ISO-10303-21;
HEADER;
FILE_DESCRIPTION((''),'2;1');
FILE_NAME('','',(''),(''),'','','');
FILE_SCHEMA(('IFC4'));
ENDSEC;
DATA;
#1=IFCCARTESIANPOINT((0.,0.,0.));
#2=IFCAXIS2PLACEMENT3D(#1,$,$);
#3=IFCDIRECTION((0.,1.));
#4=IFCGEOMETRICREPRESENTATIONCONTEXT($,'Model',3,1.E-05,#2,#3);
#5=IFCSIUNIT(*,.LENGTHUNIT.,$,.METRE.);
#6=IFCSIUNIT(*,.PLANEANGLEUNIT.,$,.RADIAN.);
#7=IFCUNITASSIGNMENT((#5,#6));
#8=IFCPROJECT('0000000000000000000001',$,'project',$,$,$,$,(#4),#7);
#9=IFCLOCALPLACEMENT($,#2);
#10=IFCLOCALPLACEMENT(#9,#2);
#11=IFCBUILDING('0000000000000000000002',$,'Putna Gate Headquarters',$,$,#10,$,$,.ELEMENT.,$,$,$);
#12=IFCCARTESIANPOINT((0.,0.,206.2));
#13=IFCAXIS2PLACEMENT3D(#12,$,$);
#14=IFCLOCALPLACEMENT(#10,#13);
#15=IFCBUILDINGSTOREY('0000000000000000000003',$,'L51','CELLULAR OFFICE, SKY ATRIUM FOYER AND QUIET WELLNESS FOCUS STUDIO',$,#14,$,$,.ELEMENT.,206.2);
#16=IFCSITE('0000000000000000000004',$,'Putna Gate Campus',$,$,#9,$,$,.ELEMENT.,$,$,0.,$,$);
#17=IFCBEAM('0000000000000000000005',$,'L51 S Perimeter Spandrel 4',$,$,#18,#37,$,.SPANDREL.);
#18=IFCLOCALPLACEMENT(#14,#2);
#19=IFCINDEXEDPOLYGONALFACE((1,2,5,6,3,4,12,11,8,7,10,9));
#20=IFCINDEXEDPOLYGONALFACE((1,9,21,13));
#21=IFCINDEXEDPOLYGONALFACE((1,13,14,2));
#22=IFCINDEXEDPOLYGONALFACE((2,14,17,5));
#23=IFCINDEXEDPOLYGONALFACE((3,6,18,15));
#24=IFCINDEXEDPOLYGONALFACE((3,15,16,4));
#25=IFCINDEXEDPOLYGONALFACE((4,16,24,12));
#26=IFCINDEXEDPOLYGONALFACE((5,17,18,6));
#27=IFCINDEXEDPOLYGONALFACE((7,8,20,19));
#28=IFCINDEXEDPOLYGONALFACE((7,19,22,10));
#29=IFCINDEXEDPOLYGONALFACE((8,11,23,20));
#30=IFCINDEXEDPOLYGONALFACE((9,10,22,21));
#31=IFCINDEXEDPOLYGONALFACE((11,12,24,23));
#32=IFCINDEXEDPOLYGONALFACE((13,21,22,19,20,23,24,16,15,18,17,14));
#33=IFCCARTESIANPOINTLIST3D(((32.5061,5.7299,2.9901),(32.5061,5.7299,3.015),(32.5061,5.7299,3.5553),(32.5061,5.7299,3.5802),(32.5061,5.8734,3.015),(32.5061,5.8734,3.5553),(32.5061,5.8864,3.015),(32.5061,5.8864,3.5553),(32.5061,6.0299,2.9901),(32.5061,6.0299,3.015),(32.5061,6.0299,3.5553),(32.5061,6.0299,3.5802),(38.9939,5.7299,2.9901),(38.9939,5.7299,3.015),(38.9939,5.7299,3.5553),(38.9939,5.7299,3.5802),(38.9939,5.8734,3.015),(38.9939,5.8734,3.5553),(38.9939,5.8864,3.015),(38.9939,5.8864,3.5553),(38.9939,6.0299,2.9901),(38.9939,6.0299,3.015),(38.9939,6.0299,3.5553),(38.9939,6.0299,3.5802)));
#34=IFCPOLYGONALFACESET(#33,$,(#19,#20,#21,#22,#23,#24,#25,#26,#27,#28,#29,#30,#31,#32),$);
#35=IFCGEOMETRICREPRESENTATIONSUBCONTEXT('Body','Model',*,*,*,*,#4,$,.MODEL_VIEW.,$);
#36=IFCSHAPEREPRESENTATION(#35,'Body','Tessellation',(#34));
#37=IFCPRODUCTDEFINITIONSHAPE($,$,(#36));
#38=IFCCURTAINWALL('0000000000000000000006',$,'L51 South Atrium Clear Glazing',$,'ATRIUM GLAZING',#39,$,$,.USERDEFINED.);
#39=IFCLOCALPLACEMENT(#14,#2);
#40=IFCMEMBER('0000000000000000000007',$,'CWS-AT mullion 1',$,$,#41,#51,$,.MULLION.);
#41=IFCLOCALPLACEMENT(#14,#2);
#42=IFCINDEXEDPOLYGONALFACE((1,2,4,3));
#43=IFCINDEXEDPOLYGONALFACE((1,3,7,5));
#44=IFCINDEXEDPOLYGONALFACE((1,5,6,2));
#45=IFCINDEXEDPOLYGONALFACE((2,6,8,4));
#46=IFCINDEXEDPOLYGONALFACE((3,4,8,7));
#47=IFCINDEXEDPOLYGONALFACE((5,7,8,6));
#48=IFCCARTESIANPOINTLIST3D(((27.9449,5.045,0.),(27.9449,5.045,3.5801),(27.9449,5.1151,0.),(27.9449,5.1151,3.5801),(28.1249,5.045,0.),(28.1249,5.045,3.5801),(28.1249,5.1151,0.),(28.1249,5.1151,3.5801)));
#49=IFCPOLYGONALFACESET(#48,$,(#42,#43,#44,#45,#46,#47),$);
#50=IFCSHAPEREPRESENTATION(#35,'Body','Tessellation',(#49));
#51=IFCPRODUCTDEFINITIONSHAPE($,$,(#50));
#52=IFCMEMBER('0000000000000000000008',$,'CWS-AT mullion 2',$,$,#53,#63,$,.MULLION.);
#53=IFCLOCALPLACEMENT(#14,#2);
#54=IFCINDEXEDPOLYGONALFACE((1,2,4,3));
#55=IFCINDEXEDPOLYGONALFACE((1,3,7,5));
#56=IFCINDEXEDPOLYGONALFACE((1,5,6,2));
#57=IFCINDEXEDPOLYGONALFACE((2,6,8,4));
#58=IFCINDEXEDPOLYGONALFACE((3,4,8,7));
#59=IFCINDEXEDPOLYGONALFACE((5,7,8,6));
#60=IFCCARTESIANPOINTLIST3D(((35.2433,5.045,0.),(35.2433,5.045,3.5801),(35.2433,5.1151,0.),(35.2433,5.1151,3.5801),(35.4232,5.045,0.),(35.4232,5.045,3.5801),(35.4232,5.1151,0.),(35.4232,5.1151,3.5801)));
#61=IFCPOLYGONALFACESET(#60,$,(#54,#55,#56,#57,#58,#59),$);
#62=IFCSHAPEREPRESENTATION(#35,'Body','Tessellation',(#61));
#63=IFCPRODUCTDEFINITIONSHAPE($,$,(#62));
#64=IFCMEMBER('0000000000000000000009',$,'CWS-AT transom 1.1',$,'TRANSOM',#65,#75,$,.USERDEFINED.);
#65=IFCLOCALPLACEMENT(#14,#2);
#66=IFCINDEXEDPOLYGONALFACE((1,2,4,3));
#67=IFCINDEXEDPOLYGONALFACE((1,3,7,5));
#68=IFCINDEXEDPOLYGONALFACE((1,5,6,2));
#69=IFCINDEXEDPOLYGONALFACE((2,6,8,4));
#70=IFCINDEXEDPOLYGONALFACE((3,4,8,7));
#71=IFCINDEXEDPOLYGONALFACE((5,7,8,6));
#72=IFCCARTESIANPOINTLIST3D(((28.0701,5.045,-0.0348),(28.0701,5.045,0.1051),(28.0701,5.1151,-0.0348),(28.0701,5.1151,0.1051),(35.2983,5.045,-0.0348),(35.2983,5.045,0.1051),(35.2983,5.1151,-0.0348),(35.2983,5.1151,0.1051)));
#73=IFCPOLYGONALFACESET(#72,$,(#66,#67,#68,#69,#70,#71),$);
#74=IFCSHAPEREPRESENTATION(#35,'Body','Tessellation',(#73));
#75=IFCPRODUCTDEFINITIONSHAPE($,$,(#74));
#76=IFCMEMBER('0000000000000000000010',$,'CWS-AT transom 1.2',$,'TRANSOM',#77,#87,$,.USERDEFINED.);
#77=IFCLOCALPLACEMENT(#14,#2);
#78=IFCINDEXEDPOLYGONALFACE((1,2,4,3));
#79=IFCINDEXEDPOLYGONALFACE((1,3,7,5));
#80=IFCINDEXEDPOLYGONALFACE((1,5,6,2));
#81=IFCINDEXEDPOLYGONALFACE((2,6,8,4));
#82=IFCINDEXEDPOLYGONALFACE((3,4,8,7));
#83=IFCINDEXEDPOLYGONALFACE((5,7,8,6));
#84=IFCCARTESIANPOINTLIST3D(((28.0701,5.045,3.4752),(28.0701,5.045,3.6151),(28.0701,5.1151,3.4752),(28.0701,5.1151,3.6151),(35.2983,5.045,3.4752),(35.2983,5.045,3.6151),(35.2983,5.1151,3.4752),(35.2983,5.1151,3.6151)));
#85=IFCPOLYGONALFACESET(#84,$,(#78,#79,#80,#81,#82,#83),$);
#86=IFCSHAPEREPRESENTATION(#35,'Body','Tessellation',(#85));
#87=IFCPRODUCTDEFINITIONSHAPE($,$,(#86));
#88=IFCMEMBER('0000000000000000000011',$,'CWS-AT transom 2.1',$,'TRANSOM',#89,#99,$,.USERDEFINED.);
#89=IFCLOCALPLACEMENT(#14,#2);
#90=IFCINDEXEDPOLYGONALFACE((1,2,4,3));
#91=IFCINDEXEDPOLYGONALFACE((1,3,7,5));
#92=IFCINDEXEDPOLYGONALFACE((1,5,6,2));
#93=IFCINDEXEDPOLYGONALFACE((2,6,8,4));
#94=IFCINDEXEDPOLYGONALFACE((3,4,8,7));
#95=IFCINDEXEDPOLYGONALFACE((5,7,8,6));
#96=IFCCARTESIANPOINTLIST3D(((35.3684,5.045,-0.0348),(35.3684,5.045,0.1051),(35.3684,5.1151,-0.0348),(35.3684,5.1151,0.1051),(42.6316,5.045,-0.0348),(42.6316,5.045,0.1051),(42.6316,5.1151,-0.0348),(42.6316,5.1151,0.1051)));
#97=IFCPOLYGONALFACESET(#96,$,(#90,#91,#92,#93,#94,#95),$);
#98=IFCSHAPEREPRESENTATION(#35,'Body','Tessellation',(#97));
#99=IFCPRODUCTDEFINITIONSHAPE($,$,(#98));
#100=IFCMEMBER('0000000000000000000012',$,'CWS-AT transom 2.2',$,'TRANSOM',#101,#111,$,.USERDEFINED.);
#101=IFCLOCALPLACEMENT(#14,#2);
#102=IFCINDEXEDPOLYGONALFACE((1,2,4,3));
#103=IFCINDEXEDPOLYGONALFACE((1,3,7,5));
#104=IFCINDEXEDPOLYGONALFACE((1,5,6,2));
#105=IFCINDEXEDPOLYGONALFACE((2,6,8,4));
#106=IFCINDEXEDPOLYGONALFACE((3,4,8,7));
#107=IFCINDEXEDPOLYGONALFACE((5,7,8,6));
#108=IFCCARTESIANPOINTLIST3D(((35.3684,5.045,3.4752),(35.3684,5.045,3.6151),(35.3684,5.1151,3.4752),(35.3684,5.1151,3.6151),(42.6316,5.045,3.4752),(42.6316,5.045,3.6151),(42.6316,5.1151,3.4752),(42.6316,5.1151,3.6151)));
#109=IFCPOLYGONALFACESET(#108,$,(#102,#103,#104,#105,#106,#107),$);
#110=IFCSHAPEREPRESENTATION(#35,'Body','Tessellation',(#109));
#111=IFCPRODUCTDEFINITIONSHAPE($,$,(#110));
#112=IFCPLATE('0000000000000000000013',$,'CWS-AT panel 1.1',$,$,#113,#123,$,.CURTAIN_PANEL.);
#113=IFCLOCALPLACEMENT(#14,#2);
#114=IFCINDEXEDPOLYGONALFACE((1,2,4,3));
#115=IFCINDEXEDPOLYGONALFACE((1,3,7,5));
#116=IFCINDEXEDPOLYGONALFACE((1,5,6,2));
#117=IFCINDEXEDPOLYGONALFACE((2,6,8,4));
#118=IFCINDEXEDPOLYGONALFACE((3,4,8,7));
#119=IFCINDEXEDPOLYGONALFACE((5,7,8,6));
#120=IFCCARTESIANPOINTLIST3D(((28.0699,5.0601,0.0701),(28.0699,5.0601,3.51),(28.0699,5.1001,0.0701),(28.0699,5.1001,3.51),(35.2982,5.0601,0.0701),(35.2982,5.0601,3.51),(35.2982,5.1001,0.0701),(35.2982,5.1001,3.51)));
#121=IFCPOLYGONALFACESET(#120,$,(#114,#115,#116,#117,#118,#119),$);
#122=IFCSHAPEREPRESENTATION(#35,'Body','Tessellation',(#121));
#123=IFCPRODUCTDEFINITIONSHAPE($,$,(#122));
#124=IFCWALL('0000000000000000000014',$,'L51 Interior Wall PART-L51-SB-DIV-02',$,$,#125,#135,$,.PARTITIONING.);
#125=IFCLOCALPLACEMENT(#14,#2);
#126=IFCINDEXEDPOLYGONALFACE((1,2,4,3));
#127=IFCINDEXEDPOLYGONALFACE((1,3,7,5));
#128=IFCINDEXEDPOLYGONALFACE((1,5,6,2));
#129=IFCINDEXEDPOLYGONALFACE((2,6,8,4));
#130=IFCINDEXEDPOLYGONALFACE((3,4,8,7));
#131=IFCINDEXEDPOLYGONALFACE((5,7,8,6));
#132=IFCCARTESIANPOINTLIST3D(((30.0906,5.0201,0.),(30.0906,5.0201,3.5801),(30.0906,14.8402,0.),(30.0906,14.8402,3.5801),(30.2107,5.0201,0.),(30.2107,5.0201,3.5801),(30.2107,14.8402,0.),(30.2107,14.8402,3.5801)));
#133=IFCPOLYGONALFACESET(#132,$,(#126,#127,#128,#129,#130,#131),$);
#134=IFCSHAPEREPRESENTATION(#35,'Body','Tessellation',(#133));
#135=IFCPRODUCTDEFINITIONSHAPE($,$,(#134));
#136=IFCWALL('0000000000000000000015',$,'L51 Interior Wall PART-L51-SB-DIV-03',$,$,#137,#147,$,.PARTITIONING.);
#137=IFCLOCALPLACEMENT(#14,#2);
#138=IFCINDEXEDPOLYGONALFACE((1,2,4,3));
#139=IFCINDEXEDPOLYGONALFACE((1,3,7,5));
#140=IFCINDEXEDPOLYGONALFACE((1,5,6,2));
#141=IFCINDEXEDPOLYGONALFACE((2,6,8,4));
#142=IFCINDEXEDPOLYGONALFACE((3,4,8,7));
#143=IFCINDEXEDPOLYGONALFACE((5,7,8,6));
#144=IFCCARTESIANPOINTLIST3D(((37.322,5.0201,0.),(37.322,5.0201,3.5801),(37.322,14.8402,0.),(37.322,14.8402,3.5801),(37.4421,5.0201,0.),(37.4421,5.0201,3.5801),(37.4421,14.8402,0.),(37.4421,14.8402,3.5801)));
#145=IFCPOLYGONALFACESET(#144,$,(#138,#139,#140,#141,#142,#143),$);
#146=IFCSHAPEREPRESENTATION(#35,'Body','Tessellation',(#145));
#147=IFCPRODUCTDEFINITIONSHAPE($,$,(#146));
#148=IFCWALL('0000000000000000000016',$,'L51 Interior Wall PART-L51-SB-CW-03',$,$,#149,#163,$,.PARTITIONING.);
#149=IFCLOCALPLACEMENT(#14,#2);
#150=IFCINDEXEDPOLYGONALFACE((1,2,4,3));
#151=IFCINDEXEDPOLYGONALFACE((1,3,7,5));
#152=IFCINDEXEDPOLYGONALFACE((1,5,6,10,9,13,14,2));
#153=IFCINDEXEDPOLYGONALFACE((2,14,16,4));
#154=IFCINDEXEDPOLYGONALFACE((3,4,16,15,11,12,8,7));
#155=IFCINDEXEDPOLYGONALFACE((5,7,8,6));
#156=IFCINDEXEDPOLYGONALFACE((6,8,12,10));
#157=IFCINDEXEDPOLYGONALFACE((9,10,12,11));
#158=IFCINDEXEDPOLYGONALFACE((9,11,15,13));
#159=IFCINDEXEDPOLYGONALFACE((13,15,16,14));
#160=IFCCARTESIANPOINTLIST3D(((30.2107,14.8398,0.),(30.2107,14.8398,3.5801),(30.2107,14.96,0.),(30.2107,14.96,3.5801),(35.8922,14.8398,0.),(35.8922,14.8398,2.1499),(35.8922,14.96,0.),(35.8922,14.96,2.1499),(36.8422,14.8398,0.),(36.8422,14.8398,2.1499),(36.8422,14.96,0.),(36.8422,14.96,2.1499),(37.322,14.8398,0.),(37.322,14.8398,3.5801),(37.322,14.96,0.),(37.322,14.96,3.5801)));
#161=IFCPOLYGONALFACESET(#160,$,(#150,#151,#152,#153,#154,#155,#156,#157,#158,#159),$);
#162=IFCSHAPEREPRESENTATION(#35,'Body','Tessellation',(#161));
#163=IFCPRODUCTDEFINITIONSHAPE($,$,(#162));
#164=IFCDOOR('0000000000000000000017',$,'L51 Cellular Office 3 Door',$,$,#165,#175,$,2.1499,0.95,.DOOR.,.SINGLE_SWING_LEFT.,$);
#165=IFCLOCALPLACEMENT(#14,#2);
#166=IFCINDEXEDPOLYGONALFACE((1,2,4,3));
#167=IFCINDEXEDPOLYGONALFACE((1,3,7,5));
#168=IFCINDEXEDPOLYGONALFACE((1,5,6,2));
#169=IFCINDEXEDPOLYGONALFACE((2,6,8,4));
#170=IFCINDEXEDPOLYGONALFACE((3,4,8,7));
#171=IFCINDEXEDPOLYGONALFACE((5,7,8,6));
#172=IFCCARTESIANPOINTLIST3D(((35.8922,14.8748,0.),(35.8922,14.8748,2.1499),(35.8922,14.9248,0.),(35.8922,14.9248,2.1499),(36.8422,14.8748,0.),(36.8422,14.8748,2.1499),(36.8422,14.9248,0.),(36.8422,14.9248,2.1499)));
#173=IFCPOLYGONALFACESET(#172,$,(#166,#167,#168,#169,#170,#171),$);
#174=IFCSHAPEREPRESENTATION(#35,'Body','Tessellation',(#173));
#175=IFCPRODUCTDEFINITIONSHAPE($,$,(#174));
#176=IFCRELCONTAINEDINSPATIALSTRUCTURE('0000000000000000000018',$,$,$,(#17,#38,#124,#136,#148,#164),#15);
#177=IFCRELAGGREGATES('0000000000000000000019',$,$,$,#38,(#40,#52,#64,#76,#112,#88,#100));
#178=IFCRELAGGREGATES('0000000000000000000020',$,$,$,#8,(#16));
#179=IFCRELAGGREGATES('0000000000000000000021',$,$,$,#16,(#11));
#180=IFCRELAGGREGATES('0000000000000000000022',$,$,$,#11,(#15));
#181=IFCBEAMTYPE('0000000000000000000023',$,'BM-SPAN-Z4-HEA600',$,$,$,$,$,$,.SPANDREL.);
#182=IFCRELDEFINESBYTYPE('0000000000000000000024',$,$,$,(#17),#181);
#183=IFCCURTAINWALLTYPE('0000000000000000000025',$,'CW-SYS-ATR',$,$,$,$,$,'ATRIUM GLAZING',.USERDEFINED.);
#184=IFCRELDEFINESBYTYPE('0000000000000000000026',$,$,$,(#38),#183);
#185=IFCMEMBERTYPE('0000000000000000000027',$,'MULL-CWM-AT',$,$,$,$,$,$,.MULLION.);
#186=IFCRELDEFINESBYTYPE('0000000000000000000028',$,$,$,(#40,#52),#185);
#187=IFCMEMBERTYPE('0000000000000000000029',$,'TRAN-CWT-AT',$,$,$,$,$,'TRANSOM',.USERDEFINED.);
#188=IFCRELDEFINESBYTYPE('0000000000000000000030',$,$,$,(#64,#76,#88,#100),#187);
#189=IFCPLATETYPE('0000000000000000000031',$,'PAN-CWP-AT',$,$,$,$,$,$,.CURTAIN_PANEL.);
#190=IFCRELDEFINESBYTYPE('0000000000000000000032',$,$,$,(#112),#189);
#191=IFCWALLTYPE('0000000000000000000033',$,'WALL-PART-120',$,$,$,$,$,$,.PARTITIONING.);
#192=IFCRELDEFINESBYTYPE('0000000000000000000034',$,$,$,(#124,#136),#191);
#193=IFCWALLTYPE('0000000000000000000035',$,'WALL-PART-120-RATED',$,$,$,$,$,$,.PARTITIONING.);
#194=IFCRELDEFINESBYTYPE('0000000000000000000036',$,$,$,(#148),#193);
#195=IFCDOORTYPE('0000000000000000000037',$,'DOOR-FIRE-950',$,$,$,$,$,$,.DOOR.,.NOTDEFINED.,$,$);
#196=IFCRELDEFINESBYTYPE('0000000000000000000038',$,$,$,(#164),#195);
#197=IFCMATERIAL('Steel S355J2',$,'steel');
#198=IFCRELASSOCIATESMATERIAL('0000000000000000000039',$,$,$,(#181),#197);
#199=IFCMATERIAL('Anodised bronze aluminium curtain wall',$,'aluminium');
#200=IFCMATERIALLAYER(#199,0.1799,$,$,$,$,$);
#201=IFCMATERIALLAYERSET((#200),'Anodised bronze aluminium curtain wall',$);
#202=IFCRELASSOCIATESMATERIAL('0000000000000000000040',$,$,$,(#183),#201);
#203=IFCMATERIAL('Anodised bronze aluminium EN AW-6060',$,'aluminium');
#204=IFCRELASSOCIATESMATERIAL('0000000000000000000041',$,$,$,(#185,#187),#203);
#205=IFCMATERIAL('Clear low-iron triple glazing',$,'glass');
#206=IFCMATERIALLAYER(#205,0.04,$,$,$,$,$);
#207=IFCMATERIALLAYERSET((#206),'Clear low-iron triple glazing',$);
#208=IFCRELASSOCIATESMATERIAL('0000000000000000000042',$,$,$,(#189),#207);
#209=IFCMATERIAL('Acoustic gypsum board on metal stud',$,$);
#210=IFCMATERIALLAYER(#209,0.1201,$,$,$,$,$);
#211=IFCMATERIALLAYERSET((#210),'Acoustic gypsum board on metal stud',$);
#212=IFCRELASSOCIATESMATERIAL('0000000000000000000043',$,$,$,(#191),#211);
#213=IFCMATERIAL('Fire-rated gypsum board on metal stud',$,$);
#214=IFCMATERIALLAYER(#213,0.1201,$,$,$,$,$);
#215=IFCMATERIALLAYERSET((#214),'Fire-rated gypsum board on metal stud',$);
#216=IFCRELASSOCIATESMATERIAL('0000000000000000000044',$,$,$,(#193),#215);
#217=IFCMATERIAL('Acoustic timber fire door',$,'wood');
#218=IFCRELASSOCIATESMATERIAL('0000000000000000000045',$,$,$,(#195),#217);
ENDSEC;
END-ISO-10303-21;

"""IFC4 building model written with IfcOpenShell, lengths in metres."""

from ifc_helpers import new_model, si_unit, direction, frame, frame_2d, origin, origin_2d, place, context, subcontext, project, spatial, rectangle, i_section, extrude, material, layer, layer_set, material_profile, profile_set, type_object, element, fill, aggregate, save


model = new_model("IFC4")

# Units and contexts
model_context = context("Model", 3, precision=1e-05, world=origin(), true_north=direction((0.0, 1.0)))
body_context = subcontext(model_context, "Body", "Model", "MODEL_VIEW")
ifc_project = project(units=[si_unit("LENGTHUNIT", "METRE"), si_unit("PLANEANGLEUNIT", "RADIAN")], contexts=[model_context])

# Site, building, storey
site_placement = place(None, origin())
site = spatial("IfcSite", under=ifc_project, at=site_placement, Name="Putna Gate Campus", CompositionType="ELEMENT", RefElevation=0.0)
building_placement = place(site_placement, origin())
building = spatial("IfcBuilding", under=site, at=building_placement, Name="Putna Gate Headquarters", CompositionType="ELEMENT")
storey_placement = place(building_placement, frame((0.0, 0.0, 206.2)))
storey = spatial("IfcBuildingStorey", under=building, at=storey_placement, Name="L51", Description="CELLULAR OFFICE, SKY ATRIUM FOYER AND QUIET WELLNESS FOCUS STUDIO", CompositionType="ELEMENT", Elevation=206.2)

# Beam
ifc_material_1 = material(Name="Steel S355J2", Category="steel")
ifc_material_profile_1 = material_profile(ifc_material_1, i_section(OverallWidth=0.3, OverallDepth=0.5901, WebThickness=0.0129, FlangeThickness=0.0249, at=origin_2d()), Name="Steel S355J2")
ifc_profile_set_1 = profile_set([ifc_material_profile_1], Name="Steel S355J2")
beam_type_1 = type_object("IfcBeamType", Name="BM-SPAN-Z4-HEA600", PredefinedType="SPANDREL", material=ifc_profile_set_1)
beam_1_placement = place(storey_placement, frame((32.5061, 5.8799, 3.2852), z_axis=(1.0, 0.0, 0.0), x_axis=(0.0, 1.0, 0.0)))
element("IfcBeam", 1, at=beam_1_placement, inside=storey, type_object=beam_type_1, Name="L51 S Perimeter Spandrel 4", PredefinedType="SPANDREL", context=body_context, shape_type="SweptSolid", body=[
    extrude(i_section(OverallWidth=0.3, OverallDepth=0.5901, WebThickness=0.0129, FlangeThickness=0.0249, at=origin_2d()), origin(), (0.0, 0.0, 1.0), 6.4878),
])

# Curtain wall, members, plate
ifc_material_2 = material(Name="Anodised bronze aluminium curtain wall", Category="aluminium")
ifc_layer_1 = layer(ifc_material_2, 0.1799)
ifc_layer_set_1 = layer_set([ifc_layer_1], Name="Anodised bronze aluminium curtain wall")
curtain_wall_type = type_object("IfcCurtainWallType", Name="CW-SYS-ATR", ElementType="ATRIUM GLAZING", PredefinedType="USERDEFINED", material=ifc_layer_set_1)
curtain_wall_placement = place(storey_placement, origin())
curtain_wall = element("IfcCurtainWall", 2, at=curtain_wall_placement, inside=storey, type_object=curtain_wall_type, Name="L51 South Atrium Clear Glazing", ObjectType="ATRIUM GLAZING", PredefinedType="USERDEFINED")
ifc_material_3 = material(Name="Anodised bronze aluminium EN AW-6060", Category="aluminium")
ifc_material_profile_2 = material_profile(ifc_material_3, rectangle(XDim=0.0701, YDim=0.1799, at=origin_2d()), Name="Anodised bronze aluminium EN AW-6060")
ifc_profile_set_2 = profile_set([ifc_material_profile_2], Name="Anodised bronze aluminium EN AW-6060")
member_type_1 = type_object("IfcMemberType", Name="MULL-CWM-AT", PredefinedType="MULLION", material=ifc_profile_set_2)
member_1_placement = place(storey_placement, frame((28.0349, 5.0801, 0.0), z_axis=(0.0, 0.0, 1.0), x_axis=(0.0, 1.0, 0.0)))
member_1 = element("IfcMember", 3, at=member_1_placement, type_object=member_type_1, Name="CWS-AT mullion 1", PredefinedType="MULLION", context=body_context, shape_type="SweptSolid", body=[
    extrude(rectangle(XDim=0.0701, YDim=0.1799, at=origin_2d()), origin(), (0.0, 0.0, 1.0), 3.5801),
])
member_2_placement = place(storey_placement, frame((35.3333, 5.0801, 0.0), z_axis=(0.0, 0.0, 1.0), x_axis=(0.0, 1.0, 0.0)))
member_2 = element("IfcMember", 4, at=member_2_placement, type_object=member_type_1, Name="CWS-AT mullion 2", PredefinedType="MULLION", context=body_context, shape_type="SweptSolid", body=[
    extrude(rectangle(XDim=0.0701, YDim=0.1799, at=origin_2d()), origin(), (0.0, 0.0, 1.0), 3.5801),
])
ifc_material_profile_3 = material_profile(ifc_material_3, rectangle(XDim=0.0701, YDim=0.1399, at=origin_2d()), Name="Anodised bronze aluminium EN AW-6060")
ifc_profile_set_3 = profile_set([ifc_material_profile_3], Name="Anodised bronze aluminium EN AW-6060")
member_type_2 = type_object("IfcMemberType", Name="TRAN-CWT-AT", ElementType="TRANSOM", PredefinedType="USERDEFINED", material=ifc_profile_set_3)
member_3_placement = place(storey_placement, frame((28.0701, 5.0801, 0.0352), z_axis=(1.0, 0.0, 0.0), x_axis=(0.0, 1.0, 0.0)))
member_3 = element("IfcMember", 5, at=member_3_placement, type_object=member_type_2, Name="CWS-AT transom 1.1", ObjectType="TRANSOM", PredefinedType="USERDEFINED", context=body_context, shape_type="SweptSolid", body=[
    extrude(rectangle(XDim=0.0701, YDim=0.1399, at=origin_2d()), origin(), (0.0, 0.0, 1.0), 7.2283),
])
member_4_placement = place(storey_placement, frame((28.0701, 5.0801, 3.5452), z_axis=(1.0, 0.0, 0.0), x_axis=(0.0, 1.0, 0.0)))
member_4 = element("IfcMember", 6, at=member_4_placement, type_object=member_type_2, Name="CWS-AT transom 1.2", ObjectType="TRANSOM", PredefinedType="USERDEFINED", context=body_context, shape_type="SweptSolid", body=[
    extrude(rectangle(XDim=0.0701, YDim=0.1399, at=origin_2d()), origin(), (0.0, 0.0, 1.0), 7.2283),
])
member_5_placement = place(storey_placement, frame((35.3684, 5.0801, 0.0352), z_axis=(1.0, 0.0, 0.0), x_axis=(0.0, 1.0, 0.0)))
member_5 = element("IfcMember", 7, at=member_5_placement, type_object=member_type_2, Name="CWS-AT transom 2.1", ObjectType="TRANSOM", PredefinedType="USERDEFINED", context=body_context, shape_type="SweptSolid", body=[
    extrude(rectangle(XDim=0.0701, YDim=0.1399, at=origin_2d()), origin(), (0.0, 0.0, 1.0), 7.2632),
])
member_6_placement = place(storey_placement, frame((35.3684, 5.0801, 3.5452), z_axis=(1.0, 0.0, 0.0), x_axis=(0.0, 1.0, 0.0)))
member_6 = element("IfcMember", 8, at=member_6_placement, type_object=member_type_2, Name="CWS-AT transom 2.2", ObjectType="TRANSOM", PredefinedType="USERDEFINED", context=body_context, shape_type="SweptSolid", body=[
    extrude(rectangle(XDim=0.0701, YDim=0.1399, at=origin_2d()), origin(), (0.0, 0.0, 1.0), 7.2632),
])
ifc_material_4 = material(Name="Clear low-iron triple glazing", Category="glass")
ifc_layer_2 = layer(ifc_material_4, 0.04)
ifc_layer_set_2 = layer_set([ifc_layer_2], Name="Clear low-iron triple glazing")
plate_type = type_object("IfcPlateType", Name="PAN-CWP-AT", PredefinedType="CURTAIN_PANEL", material=ifc_layer_set_2)
plate_placement = place(storey_placement, frame((31.6841, 5.0801, 0.0701), z_axis=(0.0, 0.0, 1.0), x_axis=(1.0, 0.0, 0.0)))
plate = element("IfcPlate", 9, at=plate_placement, type_object=plate_type, Name="CWS-AT panel 1.1", PredefinedType="CURTAIN_PANEL", context=body_context, shape_type="SweptSolid", body=[
    extrude(rectangle(XDim=7.2283, YDim=0.04, at=origin_2d()), origin(), (0.0, 0.0, 1.0), 3.4399),
])
aggregate(curtain_wall, [member_1, member_2, member_3, member_4, plate, member_5, member_6])

# Walls
ifc_material_5 = material(Name="Acoustic gypsum board on metal stud")
ifc_layer_3 = layer(ifc_material_5, 0.1201)
ifc_layer_set_3 = layer_set([ifc_layer_3], Name="Acoustic gypsum board on metal stud")
wall_type_1 = type_object("IfcWallType", Name="WALL-PART-120", PredefinedType="PARTITIONING", material=ifc_layer_set_3)
for number, where, z_axis, x_axis, name in (
    (10, (30.1506, 5.02, 0.0), (0.0, 0.0, 1.0), (0.0, 1.0, 0.0), "L51 Interior Wall PART-L51-SB-DIV-02"),
    (11, (37.3821, 5.02, 0.0), (0.0, 0.0, 1.0), (0.0, 1.0, 0.0), "L51 Interior Wall PART-L51-SB-DIV-03"),
):
    element("IfcWall", number, at=place(storey_placement, frame(where, z_axis=z_axis, x_axis=x_axis)), inside=storey, type_object=wall_type_1, Name=name, PredefinedType="PARTITIONING", context=body_context, shape_type="SweptSolid", body=[
        extrude(rectangle(XDim=9.8201, YDim=0.1201, at=frame_2d((4.9102, 0.0))), origin(), (0.0, 0.0, 1.0), 3.5801),
    ])

# Wall, opening, door
ifc_material_6 = material(Name="Fire-rated gypsum board on metal stud")
ifc_layer_4 = layer(ifc_material_6, 0.1201)
ifc_layer_set_4 = layer_set([ifc_layer_4], Name="Fire-rated gypsum board on metal stud")
wall_type_2 = type_object("IfcWallType", Name="WALL-PART-120-RATED", PredefinedType="PARTITIONING", material=ifc_layer_set_4)
wall_1_placement = place(storey_placement, frame((30.2107, 14.8999, 0.0), z_axis=(0.0, 0.0, 1.0), x_axis=(1.0, 0.0, 0.0)))
wall_1 = element("IfcWall", 12, at=wall_1_placement, inside=storey, type_object=wall_type_2, Name="L51 Interior Wall PART-L51-SB-CW-03", PredefinedType="PARTITIONING", context=body_context, shape_type="SweptSolid", body=[
    extrude(rectangle(XDim=7.1113, YDim=0.1201, at=frame_2d((3.5557, 0.0))), origin(), (0.0, 0.0, 1.0), 3.5801),
])
opening_1_placement = place(wall_1_placement, frame((5.6814, 0.0, 0.0)))
opening_1 = element("IfcOpeningElement", 13, at=opening_1_placement, cuts=wall_1, PredefinedType="OPENING", context=body_context, shape_type="SweptSolid", body=[
    extrude(rectangle(XDim=0.95, YDim=2.1499, at=frame_2d((0.4751, 1.075))), frame((0.0, 0.0701, 0.0), z_axis=(0.0, -1.0, 0.0), x_axis=(1.0, 0.0, 0.0)), (0.0, 0.0, 1.0), 0.1401),
])
ifc_material_7 = material(Name="Acoustic timber fire door", Category="wood")
door_type = type_object("IfcDoorType", Name="DOOR-FIRE-950", OperationType="NOTDEFINED", PredefinedType="DOOR", material=ifc_material_7)
door_1_placement = place(opening_1_placement, origin())
door_1 = element("IfcDoor", 14, at=door_1_placement, inside=storey, type_object=door_type, Name="L51 Cellular Office 3 Door", OperationType="SINGLE_SWING_LEFT", OverallHeight=2.1499, OverallWidth=0.95, PredefinedType="DOOR", context=body_context, shape_type="SweptSolid", body=[
    extrude(rectangle(XDim=0.95, YDim=2.1499, at=frame_2d((0.4751, 1.075))), frame((0.0, 0.0249, 0.0), z_axis=(0.0, -1.0, 0.0), x_axis=(1.0, 0.0, 0.0)), (0.0, 0.0, 1.0), 0.05),
])
fill(opening_1, door_1)

save(model, "model.ifc")
